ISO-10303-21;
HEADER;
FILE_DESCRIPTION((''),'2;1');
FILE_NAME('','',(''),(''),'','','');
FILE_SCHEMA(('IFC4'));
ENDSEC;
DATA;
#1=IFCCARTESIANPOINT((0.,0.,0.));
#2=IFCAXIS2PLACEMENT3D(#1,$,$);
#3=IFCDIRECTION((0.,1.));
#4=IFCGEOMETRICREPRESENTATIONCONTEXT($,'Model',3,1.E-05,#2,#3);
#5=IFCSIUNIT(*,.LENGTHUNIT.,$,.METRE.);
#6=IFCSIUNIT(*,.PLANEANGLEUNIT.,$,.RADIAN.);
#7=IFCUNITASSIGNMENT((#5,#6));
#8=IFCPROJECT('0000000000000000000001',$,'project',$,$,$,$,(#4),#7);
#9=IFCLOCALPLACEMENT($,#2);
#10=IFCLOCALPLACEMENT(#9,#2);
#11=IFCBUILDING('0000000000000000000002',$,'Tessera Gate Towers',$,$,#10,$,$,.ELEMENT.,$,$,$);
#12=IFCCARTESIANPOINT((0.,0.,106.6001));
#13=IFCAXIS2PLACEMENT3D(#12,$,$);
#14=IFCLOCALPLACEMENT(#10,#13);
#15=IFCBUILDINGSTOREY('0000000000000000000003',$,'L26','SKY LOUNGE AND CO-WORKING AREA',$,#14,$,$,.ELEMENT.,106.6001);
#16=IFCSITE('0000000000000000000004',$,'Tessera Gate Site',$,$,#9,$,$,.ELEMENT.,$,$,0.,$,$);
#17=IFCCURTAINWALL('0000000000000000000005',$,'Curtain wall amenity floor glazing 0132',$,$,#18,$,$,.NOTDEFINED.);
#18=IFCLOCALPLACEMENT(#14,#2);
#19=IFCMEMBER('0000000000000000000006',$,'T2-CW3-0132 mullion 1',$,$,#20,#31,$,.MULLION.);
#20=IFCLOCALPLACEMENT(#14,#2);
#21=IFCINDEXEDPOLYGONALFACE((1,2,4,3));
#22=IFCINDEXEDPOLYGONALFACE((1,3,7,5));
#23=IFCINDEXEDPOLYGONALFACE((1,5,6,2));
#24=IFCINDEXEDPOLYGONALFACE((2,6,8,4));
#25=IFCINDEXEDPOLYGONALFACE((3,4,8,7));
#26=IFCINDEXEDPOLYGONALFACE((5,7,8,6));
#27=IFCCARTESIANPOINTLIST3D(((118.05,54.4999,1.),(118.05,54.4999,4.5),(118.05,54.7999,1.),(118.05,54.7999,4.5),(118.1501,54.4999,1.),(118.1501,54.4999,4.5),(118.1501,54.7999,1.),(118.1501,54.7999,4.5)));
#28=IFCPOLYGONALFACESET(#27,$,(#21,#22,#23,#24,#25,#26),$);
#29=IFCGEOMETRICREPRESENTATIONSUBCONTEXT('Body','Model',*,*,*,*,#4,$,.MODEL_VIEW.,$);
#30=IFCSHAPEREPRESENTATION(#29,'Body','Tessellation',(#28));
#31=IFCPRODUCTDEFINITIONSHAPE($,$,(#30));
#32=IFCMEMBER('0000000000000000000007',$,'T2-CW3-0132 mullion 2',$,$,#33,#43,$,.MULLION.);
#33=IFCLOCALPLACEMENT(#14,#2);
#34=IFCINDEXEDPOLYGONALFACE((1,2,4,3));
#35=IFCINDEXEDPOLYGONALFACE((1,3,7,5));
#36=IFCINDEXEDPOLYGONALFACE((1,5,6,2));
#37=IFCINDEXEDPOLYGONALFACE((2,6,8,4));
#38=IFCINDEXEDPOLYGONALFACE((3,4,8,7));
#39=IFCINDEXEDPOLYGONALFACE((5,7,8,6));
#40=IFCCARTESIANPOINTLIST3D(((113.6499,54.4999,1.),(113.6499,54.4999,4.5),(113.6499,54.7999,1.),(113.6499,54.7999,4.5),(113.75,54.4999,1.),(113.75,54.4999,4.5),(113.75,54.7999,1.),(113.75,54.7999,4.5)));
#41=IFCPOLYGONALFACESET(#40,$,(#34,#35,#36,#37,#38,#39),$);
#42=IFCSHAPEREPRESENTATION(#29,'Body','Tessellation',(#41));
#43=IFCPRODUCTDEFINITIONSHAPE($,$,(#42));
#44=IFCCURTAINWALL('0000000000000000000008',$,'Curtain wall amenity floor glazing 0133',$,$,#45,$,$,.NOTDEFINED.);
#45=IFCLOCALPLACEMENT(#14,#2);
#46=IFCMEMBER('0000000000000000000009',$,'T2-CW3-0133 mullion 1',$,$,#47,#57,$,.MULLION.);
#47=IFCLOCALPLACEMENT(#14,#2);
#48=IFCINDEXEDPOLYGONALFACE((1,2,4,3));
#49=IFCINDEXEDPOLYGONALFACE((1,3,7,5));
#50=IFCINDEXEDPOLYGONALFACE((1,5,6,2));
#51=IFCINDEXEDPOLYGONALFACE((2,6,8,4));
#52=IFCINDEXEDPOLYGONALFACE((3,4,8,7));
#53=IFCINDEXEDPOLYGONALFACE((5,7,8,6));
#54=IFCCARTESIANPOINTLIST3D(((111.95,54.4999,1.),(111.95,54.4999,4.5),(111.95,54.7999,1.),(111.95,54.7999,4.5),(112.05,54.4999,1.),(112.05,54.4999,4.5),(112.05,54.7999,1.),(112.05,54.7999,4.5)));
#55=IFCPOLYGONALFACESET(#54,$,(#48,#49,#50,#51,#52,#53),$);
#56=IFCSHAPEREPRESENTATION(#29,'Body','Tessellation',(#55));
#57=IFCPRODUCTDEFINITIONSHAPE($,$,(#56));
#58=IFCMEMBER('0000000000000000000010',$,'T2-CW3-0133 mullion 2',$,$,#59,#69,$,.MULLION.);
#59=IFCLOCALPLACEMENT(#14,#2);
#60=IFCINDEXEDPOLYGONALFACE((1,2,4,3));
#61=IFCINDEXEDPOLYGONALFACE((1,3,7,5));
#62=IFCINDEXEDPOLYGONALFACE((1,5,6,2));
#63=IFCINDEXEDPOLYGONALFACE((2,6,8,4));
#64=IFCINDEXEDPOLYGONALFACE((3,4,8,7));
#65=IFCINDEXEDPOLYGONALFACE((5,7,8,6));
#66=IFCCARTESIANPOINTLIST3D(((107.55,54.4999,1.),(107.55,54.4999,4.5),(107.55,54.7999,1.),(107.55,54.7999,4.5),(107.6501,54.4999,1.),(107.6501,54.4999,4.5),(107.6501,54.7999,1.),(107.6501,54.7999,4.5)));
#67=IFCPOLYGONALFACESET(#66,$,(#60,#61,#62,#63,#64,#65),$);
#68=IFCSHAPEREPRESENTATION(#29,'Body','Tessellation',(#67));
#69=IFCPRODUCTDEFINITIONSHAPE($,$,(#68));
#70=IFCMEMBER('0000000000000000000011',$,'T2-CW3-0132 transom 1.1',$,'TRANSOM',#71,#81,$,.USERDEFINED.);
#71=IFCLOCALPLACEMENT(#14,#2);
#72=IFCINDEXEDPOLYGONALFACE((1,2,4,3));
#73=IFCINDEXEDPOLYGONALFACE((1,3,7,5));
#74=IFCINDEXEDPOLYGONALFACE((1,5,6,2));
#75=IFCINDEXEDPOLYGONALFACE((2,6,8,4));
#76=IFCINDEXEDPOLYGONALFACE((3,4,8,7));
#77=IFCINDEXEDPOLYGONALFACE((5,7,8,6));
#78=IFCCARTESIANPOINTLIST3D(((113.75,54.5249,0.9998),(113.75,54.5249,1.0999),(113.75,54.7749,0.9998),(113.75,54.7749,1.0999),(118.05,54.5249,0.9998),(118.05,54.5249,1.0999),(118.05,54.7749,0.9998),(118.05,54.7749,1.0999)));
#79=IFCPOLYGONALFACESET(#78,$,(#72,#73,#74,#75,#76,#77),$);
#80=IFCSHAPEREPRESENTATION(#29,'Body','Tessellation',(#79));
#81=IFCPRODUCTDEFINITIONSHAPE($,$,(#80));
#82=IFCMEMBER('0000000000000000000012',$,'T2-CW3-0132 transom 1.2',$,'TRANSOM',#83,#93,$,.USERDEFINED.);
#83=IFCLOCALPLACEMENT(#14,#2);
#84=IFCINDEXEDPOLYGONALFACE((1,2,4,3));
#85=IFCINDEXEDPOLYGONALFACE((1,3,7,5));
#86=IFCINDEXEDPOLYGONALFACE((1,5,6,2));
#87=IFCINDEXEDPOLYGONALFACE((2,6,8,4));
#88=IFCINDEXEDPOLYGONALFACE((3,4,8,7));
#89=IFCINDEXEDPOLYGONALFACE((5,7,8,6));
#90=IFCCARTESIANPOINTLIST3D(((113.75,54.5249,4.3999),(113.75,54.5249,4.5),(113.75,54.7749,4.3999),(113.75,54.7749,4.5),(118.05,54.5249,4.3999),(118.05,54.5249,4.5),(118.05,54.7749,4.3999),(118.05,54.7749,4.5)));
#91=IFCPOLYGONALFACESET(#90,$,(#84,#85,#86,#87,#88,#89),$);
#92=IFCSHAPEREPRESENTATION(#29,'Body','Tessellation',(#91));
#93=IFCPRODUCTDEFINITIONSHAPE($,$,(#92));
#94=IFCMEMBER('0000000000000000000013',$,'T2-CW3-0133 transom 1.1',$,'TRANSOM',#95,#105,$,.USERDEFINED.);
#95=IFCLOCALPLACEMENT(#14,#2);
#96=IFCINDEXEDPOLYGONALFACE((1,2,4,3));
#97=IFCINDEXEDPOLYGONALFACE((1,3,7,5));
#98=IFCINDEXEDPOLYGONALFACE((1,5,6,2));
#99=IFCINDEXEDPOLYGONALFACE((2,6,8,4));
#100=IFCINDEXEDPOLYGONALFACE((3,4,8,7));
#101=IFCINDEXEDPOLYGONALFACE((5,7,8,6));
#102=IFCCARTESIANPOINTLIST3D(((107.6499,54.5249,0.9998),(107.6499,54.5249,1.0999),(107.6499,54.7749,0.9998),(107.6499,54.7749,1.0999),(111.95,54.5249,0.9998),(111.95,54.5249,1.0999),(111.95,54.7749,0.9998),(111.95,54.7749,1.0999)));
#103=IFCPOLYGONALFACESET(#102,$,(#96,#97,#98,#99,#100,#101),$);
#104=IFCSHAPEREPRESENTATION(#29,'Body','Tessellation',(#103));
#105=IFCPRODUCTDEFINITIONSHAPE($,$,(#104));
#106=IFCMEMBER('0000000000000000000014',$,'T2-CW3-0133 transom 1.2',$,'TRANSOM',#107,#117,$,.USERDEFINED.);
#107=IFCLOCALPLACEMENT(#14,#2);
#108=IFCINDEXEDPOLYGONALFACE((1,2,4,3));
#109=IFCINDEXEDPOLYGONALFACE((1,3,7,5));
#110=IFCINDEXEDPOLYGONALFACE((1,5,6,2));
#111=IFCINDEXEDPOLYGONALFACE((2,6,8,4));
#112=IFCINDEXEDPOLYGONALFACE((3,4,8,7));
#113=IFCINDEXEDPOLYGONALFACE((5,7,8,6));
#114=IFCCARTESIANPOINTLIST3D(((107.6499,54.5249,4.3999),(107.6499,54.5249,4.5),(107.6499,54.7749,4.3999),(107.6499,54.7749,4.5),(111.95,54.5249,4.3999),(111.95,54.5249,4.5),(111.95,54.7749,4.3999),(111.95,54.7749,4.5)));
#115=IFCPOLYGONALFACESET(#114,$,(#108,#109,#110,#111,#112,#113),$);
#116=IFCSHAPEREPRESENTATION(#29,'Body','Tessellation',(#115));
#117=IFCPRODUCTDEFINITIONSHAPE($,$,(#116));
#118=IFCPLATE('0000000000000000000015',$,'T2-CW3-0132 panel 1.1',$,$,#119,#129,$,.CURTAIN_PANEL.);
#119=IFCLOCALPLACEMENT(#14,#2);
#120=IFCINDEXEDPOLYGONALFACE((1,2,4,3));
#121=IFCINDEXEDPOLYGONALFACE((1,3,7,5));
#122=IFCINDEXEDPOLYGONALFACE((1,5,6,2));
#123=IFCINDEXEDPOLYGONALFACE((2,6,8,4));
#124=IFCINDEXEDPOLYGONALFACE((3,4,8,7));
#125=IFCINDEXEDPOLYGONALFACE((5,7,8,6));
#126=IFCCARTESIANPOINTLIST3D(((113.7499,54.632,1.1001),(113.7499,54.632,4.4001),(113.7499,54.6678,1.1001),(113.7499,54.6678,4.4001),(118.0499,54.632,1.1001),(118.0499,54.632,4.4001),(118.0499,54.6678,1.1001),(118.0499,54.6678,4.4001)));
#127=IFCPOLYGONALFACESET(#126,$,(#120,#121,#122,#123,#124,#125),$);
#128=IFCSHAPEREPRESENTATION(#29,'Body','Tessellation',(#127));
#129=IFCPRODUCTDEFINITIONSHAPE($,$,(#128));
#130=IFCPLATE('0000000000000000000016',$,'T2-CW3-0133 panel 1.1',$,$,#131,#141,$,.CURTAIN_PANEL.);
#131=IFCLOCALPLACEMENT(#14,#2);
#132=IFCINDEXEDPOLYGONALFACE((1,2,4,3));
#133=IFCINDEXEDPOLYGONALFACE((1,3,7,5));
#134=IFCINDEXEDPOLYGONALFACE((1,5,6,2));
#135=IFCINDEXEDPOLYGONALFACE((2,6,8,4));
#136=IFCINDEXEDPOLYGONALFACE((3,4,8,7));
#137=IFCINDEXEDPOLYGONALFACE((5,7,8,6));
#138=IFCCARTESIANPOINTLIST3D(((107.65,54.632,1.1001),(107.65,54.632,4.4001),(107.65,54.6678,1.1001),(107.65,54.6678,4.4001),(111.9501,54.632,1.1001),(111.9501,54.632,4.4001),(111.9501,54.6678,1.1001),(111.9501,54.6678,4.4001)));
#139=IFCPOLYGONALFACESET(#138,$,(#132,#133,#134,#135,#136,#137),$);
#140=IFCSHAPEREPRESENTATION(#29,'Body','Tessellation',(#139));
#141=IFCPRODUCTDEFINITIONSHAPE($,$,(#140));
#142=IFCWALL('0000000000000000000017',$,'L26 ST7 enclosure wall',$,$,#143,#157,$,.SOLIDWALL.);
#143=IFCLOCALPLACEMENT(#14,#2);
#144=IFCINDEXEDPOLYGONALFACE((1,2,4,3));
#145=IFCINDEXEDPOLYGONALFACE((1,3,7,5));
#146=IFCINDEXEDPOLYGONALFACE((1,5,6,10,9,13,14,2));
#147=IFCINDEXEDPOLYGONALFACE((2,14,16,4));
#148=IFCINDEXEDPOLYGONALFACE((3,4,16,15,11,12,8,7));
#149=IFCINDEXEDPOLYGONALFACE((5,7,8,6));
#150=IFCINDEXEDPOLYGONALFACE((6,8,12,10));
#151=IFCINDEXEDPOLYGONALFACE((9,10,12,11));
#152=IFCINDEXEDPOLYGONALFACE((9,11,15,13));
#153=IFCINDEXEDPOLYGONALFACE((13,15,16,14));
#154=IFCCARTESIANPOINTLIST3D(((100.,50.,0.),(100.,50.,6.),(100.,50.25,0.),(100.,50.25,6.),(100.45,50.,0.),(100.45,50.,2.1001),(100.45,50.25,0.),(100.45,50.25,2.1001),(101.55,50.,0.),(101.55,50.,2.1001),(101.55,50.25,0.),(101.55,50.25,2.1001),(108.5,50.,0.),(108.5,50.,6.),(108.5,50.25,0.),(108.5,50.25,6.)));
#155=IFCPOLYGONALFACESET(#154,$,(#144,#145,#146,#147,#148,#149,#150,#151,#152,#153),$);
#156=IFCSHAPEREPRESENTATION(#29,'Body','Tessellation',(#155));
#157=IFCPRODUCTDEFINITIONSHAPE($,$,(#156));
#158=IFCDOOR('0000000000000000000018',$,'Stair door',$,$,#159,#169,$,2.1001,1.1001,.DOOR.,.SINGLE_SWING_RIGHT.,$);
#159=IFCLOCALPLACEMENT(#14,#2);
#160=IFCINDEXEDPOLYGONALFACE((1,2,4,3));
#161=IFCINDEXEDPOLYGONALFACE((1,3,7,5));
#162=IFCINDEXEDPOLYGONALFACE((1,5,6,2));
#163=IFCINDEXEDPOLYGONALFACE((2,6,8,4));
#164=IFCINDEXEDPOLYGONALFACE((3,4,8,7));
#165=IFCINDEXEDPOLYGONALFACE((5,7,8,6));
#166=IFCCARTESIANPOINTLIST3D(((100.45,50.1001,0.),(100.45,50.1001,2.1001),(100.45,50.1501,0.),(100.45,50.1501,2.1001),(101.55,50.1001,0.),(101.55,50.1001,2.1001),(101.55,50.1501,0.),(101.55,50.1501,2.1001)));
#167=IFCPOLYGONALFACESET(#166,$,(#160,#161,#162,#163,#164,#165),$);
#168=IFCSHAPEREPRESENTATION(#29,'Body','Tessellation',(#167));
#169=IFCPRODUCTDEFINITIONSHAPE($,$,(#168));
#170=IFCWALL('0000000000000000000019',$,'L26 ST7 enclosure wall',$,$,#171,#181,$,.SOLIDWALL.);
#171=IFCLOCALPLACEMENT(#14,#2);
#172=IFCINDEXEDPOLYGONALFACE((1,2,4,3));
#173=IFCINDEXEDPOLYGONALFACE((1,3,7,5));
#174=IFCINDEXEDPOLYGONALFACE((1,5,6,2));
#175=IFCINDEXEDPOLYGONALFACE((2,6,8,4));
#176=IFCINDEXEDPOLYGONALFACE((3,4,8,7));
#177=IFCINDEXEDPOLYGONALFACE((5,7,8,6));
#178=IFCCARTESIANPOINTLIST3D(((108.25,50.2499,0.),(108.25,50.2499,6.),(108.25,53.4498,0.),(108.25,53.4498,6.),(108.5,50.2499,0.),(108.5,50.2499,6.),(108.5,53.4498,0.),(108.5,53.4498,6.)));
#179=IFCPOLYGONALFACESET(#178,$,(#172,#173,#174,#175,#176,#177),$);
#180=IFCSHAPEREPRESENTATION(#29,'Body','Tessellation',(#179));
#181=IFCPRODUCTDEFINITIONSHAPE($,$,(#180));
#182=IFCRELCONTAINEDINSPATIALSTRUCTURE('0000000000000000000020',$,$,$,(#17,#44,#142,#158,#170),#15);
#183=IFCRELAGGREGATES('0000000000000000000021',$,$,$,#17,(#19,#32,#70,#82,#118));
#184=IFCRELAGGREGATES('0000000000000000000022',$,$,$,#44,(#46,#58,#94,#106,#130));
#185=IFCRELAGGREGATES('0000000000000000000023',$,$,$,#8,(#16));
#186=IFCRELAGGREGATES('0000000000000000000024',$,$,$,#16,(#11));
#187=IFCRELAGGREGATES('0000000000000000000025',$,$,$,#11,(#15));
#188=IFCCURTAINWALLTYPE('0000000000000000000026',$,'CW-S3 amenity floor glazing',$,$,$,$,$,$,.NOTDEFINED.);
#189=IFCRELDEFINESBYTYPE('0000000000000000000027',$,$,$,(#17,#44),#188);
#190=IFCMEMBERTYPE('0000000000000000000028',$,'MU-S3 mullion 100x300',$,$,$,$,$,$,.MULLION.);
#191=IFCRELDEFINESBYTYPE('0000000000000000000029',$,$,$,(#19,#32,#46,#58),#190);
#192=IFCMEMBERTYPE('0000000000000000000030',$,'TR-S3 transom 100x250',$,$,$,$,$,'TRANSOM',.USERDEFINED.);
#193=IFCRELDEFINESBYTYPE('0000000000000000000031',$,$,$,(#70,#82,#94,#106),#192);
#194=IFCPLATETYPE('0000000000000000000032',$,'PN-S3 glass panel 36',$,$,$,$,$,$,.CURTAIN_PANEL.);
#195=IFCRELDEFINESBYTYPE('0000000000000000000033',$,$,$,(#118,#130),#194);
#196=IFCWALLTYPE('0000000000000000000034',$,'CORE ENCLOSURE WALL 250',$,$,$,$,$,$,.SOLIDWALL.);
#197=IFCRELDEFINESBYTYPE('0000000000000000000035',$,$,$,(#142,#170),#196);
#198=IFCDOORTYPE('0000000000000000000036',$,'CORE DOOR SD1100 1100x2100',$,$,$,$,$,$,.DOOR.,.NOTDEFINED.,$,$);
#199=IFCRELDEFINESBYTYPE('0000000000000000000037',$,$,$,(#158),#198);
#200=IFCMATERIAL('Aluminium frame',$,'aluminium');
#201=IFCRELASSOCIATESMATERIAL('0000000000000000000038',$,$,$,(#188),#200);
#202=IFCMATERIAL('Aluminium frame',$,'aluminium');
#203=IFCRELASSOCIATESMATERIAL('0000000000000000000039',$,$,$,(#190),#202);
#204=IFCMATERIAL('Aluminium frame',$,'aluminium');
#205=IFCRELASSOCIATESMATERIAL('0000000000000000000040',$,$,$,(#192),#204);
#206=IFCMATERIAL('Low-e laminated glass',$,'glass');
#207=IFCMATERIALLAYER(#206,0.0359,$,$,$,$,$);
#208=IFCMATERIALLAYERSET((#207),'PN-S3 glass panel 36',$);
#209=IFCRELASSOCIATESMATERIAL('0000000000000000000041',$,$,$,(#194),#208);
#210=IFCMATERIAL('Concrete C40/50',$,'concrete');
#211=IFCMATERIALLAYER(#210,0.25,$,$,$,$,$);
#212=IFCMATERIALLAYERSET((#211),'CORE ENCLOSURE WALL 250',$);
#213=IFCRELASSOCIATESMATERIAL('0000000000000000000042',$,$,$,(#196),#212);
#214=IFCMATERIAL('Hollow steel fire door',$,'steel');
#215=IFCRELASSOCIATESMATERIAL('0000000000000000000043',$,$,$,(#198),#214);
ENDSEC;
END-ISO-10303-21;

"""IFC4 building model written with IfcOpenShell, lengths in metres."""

from ifc_helpers import new_model, si_unit, direction, frame, frame_2d, origin, origin_2d, place, context, subcontext, project, spatial, rectangle, extrude, source, transform, mapped, material, layer, layer_set, material_profile, profile_set, type_object, element, fill, aggregate, save


model = new_model("IFC4")

# Units and contexts
model_context = context("Model", 3, precision=1e-05, world=origin(), true_north=direction((0.0, 1.0)))
body_context = subcontext(model_context, "Body", "Model", "MODEL_VIEW")
ifc_project = project(units=[si_unit("LENGTHUNIT", "METRE"), si_unit("PLANEANGLEUNIT", "RADIAN")], contexts=[model_context])

# Site, building, storey
site_placement = place(None, origin())
site = spatial("IfcSite", under=ifc_project, at=site_placement, Name="Tessera Gate Site", CompositionType="ELEMENT", RefElevation=0.0)
building_placement = place(site_placement, origin())
building = spatial("IfcBuilding", under=site, at=building_placement, Name="Tessera Gate Towers", CompositionType="ELEMENT")
storey_placement = place(building_placement, frame((0.0, 0.0, 106.6001)))
storey = spatial("IfcBuildingStorey", under=building, at=storey_placement, Name="L26", Description="SKY LOUNGE AND CO-WORKING AREA", CompositionType="ELEMENT", Elevation=106.6001)

# Curtain walls, members
ifc_material_1 = material(Name="Aluminium frame", Category="aluminium")
curtain_wall_type = type_object("IfcCurtainWallType", Name="CW-S3 amenity floor glazing", PredefinedType="NOTDEFINED", material=ifc_material_1)
curtain_wall_1_placement = place(storey_placement, origin())
curtain_wall_1 = element("IfcCurtainWall", 1, at=curtain_wall_1_placement, inside=storey, type_object=curtain_wall_type, Name="Curtain wall amenity floor glazing 0132", PredefinedType="NOTDEFINED")
ifc_material_2 = material(Name="Aluminium frame", Category="aluminium")
ifc_material_profile_1 = material_profile(ifc_material_2, rectangle(XDim=0.1001, YDim=0.3, at=origin_2d()), Name="AL 100x300")
ifc_profile_set_1 = profile_set([ifc_material_profile_1], Name="Aluminium frame")
member_type_1 = type_object("IfcMemberType", Name="MU-S3 mullion 100x300", PredefinedType="MULLION", material=ifc_profile_set_1)
member_1_placement = place(storey_placement, frame((118.1001, 54.6499, 1.0), z_axis=(0.0, 0.0, 1.0), x_axis=(-1.0, 0.0, 0.0)))
member_1 = element("IfcMember", 2, at=member_1_placement, type_object=member_type_1, Name="T2-CW3-0132 mullion 1", PredefinedType="MULLION", context=body_context, shape_type="SweptSolid", body=[
    extrude(rectangle(XDim=0.1001, YDim=0.3, at=origin_2d()), origin(), (0.0, 0.0, 1.0), 3.5),
])
member_2_placement = place(storey_placement, frame((113.7, 54.6499, 1.0), z_axis=(0.0, 0.0, 1.0), x_axis=(-1.0, 0.0, 0.0)))
member_2 = element("IfcMember", 3, at=member_2_placement, type_object=member_type_1, Name="T2-CW3-0132 mullion 2", PredefinedType="MULLION", context=body_context, shape_type="SweptSolid", body=[
    extrude(rectangle(XDim=0.1001, YDim=0.3, at=origin_2d()), origin(), (0.0, 0.0, 1.0), 3.5),
])
curtain_wall_2_placement = place(storey_placement, origin())
curtain_wall_2 = element("IfcCurtainWall", 4, at=curtain_wall_2_placement, inside=storey, type_object=curtain_wall_type, Name="Curtain wall amenity floor glazing 0133", PredefinedType="NOTDEFINED")
member_3_placement = place(storey_placement, frame((112.0, 54.6499, 1.0), z_axis=(0.0, 0.0, 1.0), x_axis=(-1.0, 0.0, 0.0)))
member_3 = element("IfcMember", 5, at=member_3_placement, type_object=member_type_1, Name="T2-CW3-0133 mullion 1", PredefinedType="MULLION", context=body_context, shape_type="SweptSolid", body=[
    extrude(rectangle(XDim=0.1001, YDim=0.3, at=origin_2d()), origin(), (0.0, 0.0, 1.0), 3.5),
])
member_4_placement = place(storey_placement, frame((107.6001, 54.6499, 1.0), z_axis=(0.0, 0.0, 1.0), x_axis=(-1.0, 0.0, 0.0)))
member_4 = element("IfcMember", 6, at=member_4_placement, type_object=member_type_1, Name="T2-CW3-0133 mullion 2", PredefinedType="MULLION", context=body_context, shape_type="SweptSolid", body=[
    extrude(rectangle(XDim=0.1001, YDim=0.3, at=origin_2d()), origin(), (0.0, 0.0, 1.0), 3.5),
])

# Members
ifc_material_3 = material(Name="Aluminium frame", Category="aluminium")
ifc_material_profile_2 = material_profile(ifc_material_3, rectangle(XDim=0.25, YDim=0.1001, at=origin_2d()), Name="AL 100x250")
ifc_profile_set_2 = profile_set([ifc_material_profile_2], Name="Aluminium frame")
member_type_2 = type_object("IfcMemberType", Name="TR-S3 transom 100x250", ElementType="TRANSOM", PredefinedType="USERDEFINED", material=ifc_profile_set_2)
member_5_placement = place(storey_placement, frame((118.05, 54.6499, 1.0498), z_axis=(-1.0, 0.0, 0.0), x_axis=(0.0, -1.0, 0.0)))
member_5 = element("IfcMember", 7, at=member_5_placement, type_object=member_type_2, Name="T2-CW3-0132 transom 1.1", ObjectType="TRANSOM", PredefinedType="USERDEFINED", context=body_context, shape_type="SweptSolid", body=[
    extrude(rectangle(XDim=0.25, YDim=0.1001, at=origin_2d()), origin(), (0.0, 0.0, 1.0), 4.3),
])
member_6_placement = place(storey_placement, frame((118.05, 54.6499, 4.45), z_axis=(-1.0, 0.0, 0.0), x_axis=(0.0, -1.0, 0.0)))
member_6 = element("IfcMember", 8, at=member_6_placement, type_object=member_type_2, Name="T2-CW3-0132 transom 1.2", ObjectType="TRANSOM", PredefinedType="USERDEFINED", context=body_context, shape_type="SweptSolid", body=[
    extrude(rectangle(XDim=0.25, YDim=0.1001, at=origin_2d()), origin(), (0.0, 0.0, 1.0), 4.3),
])
member_7_placement = place(storey_placement, frame((111.95, 54.6499, 1.0498), z_axis=(-1.0, 0.0, 0.0), x_axis=(0.0, -1.0, 0.0)))
member_7 = element("IfcMember", 9, at=member_7_placement, type_object=member_type_2, Name="T2-CW3-0133 transom 1.1", ObjectType="TRANSOM", PredefinedType="USERDEFINED", context=body_context, shape_type="SweptSolid", body=[
    extrude(rectangle(XDim=0.25, YDim=0.1001, at=origin_2d()), origin(), (0.0, 0.0, 1.0), 4.3),
])
member_8_placement = place(storey_placement, frame((111.95, 54.6499, 4.45), z_axis=(-1.0, 0.0, 0.0), x_axis=(0.0, -1.0, 0.0)))
member_8 = element("IfcMember", 10, at=member_8_placement, type_object=member_type_2, Name="T2-CW3-0133 transom 1.2", ObjectType="TRANSOM", PredefinedType="USERDEFINED", context=body_context, shape_type="SweptSolid", body=[
    extrude(rectangle(XDim=0.25, YDim=0.1001, at=origin_2d()), origin(), (0.0, 0.0, 1.0), 4.3),
])

# Plates
ifc_material_4 = material(Name="Low-e laminated glass", Category="glass")
ifc_layer_1 = layer(ifc_material_4, 0.0359)
ifc_layer_set_1 = layer_set([ifc_layer_1], Name="PN-S3 glass panel 36")
plate_type = type_object("IfcPlateType", Name="PN-S3 glass panel 36", PredefinedType="CURTAIN_PANEL", material=ifc_layer_set_1)
plate_1_placement = place(storey_placement, frame((115.8999, 54.6499, 1.1001), z_axis=(0.0, 0.0, 1.0), x_axis=(-1.0, 0.0, 0.0)))
plate_1 = element("IfcPlate", 11, at=plate_1_placement, type_object=plate_type, Name="T2-CW3-0132 panel 1.1", PredefinedType="CURTAIN_PANEL", context=body_context, shape_type="SweptSolid", body=[
    extrude(rectangle(XDim=4.3, YDim=0.0359, at=origin_2d()), origin(), (0.0, 0.0, 1.0), 3.3),
])
aggregate(curtain_wall_1, [member_1, member_2, member_5, member_6, plate_1])
plate_2_placement = place(storey_placement, frame((109.8, 54.6499, 1.1001), z_axis=(0.0, 0.0, 1.0), x_axis=(-1.0, 0.0, 0.0)))
plate_2 = element("IfcPlate", 12, at=plate_2_placement, type_object=plate_type, Name="T2-CW3-0133 panel 1.1", PredefinedType="CURTAIN_PANEL", context=body_context, shape_type="SweptSolid", body=[
    extrude(rectangle(XDim=4.3, YDim=0.0359, at=origin_2d()), origin(), (0.0, 0.0, 1.0), 3.3),
])
aggregate(curtain_wall_2, [member_3, member_4, member_7, member_8, plate_2])

# Wall, opening, door
ifc_material_5 = material(Name="Concrete C40/50", Category="concrete")
ifc_layer_2 = layer(ifc_material_5, 0.25)
ifc_layer_set_2 = layer_set([ifc_layer_2], Name="CORE ENCLOSURE WALL 250")
wall_type_1 = type_object("IfcWallType", Name="CORE ENCLOSURE WALL 250", PredefinedType="SOLIDWALL", material=ifc_layer_set_2)
wall_1_placement = place(storey_placement, frame((108.5, 50.125, 0.0), z_axis=(0.0, 0.0, 1.0), x_axis=(-1.0, 0.0, 0.0)))
wall_1 = element("IfcWall", 13, at=wall_1_placement, inside=storey, type_object=wall_type_1, Name="L26 ST7 enclosure wall", PredefinedType="SOLIDWALL", context=body_context, shape_type="SweptSolid", body=[
    extrude(rectangle(XDim=8.5, YDim=0.25, at=frame_2d((4.25, 0.0))), origin(), (0.0, 0.0, 1.0), 6.0),
])
shared_shape_1 = source(origin(), body_context, "Body", "SweptSolid", [
    extrude(rectangle(XDim=1.1001, YDim=2.1001, at=frame_2d((0.55, 1.05))), frame((0.0, 0.135, 0.0), z_axis=(0.0, -1.0, 0.0), x_axis=(1.0, 0.0, 0.0)), (0.0, 0.0, 1.0), 0.27),
])
opening_placement = place(wall_1_placement, frame((6.95, 0.0, 0.0)))
opening = element("IfcOpeningElement", 14, at=opening_placement, cuts=wall_1, PredefinedType="OPENING", context=body_context, shape_type="MappedRepresentation", body=[
    mapped(shared_shape_1, transform((0.0, 0.0, 0.0), scale=1.0)),
])
ifc_material_6 = material(Name="Hollow steel fire door", Category="steel")
door_type = type_object("IfcDoorType", Name="CORE DOOR SD1100 1100x2100", OperationType="NOTDEFINED", PredefinedType="DOOR", material=ifc_material_6)
shared_shape_2 = source(origin(), body_context, "Body", "SweptSolid", [
    extrude(rectangle(XDim=1.1001, YDim=2.1001, at=frame_2d((0.55, 1.05))), frame((0.0, 0.0249, 0.0), z_axis=(0.0, -1.0, 0.0), x_axis=(1.0, 0.0, 0.0)), (0.0, 0.0, 1.0), 0.05),
])
door_placement = place(opening_placement, origin())
door = element("IfcDoor", 15, at=door_placement, inside=storey, type_object=door_type, Name="Stair door", OperationType="SINGLE_SWING_RIGHT", OverallHeight=2.1001, OverallWidth=1.1001, PredefinedType="DOOR", context=body_context, shape_type="MappedRepresentation", body=[
    mapped(shared_shape_2, transform((0.0, 0.0, 0.0), scale=1.0)),
])
fill(opening, door)

# Wall
wall_2_placement = place(storey_placement, frame((108.375, 53.45, 0.0), z_axis=(0.0, 0.0, 1.0), x_axis=(0.0, -1.0, 0.0)))
element("IfcWall", 16, at=wall_2_placement, inside=storey, type_object=wall_type_1, Name="L26 ST7 enclosure wall", PredefinedType="SOLIDWALL", context=body_context, shape_type="SweptSolid", body=[
    extrude(rectangle(XDim=3.2, YDim=0.25, at=frame_2d((1.6001, 0.0))), origin(), (0.0, 0.0, 1.0), 6.0),
])

save(model, "model.ifc")
